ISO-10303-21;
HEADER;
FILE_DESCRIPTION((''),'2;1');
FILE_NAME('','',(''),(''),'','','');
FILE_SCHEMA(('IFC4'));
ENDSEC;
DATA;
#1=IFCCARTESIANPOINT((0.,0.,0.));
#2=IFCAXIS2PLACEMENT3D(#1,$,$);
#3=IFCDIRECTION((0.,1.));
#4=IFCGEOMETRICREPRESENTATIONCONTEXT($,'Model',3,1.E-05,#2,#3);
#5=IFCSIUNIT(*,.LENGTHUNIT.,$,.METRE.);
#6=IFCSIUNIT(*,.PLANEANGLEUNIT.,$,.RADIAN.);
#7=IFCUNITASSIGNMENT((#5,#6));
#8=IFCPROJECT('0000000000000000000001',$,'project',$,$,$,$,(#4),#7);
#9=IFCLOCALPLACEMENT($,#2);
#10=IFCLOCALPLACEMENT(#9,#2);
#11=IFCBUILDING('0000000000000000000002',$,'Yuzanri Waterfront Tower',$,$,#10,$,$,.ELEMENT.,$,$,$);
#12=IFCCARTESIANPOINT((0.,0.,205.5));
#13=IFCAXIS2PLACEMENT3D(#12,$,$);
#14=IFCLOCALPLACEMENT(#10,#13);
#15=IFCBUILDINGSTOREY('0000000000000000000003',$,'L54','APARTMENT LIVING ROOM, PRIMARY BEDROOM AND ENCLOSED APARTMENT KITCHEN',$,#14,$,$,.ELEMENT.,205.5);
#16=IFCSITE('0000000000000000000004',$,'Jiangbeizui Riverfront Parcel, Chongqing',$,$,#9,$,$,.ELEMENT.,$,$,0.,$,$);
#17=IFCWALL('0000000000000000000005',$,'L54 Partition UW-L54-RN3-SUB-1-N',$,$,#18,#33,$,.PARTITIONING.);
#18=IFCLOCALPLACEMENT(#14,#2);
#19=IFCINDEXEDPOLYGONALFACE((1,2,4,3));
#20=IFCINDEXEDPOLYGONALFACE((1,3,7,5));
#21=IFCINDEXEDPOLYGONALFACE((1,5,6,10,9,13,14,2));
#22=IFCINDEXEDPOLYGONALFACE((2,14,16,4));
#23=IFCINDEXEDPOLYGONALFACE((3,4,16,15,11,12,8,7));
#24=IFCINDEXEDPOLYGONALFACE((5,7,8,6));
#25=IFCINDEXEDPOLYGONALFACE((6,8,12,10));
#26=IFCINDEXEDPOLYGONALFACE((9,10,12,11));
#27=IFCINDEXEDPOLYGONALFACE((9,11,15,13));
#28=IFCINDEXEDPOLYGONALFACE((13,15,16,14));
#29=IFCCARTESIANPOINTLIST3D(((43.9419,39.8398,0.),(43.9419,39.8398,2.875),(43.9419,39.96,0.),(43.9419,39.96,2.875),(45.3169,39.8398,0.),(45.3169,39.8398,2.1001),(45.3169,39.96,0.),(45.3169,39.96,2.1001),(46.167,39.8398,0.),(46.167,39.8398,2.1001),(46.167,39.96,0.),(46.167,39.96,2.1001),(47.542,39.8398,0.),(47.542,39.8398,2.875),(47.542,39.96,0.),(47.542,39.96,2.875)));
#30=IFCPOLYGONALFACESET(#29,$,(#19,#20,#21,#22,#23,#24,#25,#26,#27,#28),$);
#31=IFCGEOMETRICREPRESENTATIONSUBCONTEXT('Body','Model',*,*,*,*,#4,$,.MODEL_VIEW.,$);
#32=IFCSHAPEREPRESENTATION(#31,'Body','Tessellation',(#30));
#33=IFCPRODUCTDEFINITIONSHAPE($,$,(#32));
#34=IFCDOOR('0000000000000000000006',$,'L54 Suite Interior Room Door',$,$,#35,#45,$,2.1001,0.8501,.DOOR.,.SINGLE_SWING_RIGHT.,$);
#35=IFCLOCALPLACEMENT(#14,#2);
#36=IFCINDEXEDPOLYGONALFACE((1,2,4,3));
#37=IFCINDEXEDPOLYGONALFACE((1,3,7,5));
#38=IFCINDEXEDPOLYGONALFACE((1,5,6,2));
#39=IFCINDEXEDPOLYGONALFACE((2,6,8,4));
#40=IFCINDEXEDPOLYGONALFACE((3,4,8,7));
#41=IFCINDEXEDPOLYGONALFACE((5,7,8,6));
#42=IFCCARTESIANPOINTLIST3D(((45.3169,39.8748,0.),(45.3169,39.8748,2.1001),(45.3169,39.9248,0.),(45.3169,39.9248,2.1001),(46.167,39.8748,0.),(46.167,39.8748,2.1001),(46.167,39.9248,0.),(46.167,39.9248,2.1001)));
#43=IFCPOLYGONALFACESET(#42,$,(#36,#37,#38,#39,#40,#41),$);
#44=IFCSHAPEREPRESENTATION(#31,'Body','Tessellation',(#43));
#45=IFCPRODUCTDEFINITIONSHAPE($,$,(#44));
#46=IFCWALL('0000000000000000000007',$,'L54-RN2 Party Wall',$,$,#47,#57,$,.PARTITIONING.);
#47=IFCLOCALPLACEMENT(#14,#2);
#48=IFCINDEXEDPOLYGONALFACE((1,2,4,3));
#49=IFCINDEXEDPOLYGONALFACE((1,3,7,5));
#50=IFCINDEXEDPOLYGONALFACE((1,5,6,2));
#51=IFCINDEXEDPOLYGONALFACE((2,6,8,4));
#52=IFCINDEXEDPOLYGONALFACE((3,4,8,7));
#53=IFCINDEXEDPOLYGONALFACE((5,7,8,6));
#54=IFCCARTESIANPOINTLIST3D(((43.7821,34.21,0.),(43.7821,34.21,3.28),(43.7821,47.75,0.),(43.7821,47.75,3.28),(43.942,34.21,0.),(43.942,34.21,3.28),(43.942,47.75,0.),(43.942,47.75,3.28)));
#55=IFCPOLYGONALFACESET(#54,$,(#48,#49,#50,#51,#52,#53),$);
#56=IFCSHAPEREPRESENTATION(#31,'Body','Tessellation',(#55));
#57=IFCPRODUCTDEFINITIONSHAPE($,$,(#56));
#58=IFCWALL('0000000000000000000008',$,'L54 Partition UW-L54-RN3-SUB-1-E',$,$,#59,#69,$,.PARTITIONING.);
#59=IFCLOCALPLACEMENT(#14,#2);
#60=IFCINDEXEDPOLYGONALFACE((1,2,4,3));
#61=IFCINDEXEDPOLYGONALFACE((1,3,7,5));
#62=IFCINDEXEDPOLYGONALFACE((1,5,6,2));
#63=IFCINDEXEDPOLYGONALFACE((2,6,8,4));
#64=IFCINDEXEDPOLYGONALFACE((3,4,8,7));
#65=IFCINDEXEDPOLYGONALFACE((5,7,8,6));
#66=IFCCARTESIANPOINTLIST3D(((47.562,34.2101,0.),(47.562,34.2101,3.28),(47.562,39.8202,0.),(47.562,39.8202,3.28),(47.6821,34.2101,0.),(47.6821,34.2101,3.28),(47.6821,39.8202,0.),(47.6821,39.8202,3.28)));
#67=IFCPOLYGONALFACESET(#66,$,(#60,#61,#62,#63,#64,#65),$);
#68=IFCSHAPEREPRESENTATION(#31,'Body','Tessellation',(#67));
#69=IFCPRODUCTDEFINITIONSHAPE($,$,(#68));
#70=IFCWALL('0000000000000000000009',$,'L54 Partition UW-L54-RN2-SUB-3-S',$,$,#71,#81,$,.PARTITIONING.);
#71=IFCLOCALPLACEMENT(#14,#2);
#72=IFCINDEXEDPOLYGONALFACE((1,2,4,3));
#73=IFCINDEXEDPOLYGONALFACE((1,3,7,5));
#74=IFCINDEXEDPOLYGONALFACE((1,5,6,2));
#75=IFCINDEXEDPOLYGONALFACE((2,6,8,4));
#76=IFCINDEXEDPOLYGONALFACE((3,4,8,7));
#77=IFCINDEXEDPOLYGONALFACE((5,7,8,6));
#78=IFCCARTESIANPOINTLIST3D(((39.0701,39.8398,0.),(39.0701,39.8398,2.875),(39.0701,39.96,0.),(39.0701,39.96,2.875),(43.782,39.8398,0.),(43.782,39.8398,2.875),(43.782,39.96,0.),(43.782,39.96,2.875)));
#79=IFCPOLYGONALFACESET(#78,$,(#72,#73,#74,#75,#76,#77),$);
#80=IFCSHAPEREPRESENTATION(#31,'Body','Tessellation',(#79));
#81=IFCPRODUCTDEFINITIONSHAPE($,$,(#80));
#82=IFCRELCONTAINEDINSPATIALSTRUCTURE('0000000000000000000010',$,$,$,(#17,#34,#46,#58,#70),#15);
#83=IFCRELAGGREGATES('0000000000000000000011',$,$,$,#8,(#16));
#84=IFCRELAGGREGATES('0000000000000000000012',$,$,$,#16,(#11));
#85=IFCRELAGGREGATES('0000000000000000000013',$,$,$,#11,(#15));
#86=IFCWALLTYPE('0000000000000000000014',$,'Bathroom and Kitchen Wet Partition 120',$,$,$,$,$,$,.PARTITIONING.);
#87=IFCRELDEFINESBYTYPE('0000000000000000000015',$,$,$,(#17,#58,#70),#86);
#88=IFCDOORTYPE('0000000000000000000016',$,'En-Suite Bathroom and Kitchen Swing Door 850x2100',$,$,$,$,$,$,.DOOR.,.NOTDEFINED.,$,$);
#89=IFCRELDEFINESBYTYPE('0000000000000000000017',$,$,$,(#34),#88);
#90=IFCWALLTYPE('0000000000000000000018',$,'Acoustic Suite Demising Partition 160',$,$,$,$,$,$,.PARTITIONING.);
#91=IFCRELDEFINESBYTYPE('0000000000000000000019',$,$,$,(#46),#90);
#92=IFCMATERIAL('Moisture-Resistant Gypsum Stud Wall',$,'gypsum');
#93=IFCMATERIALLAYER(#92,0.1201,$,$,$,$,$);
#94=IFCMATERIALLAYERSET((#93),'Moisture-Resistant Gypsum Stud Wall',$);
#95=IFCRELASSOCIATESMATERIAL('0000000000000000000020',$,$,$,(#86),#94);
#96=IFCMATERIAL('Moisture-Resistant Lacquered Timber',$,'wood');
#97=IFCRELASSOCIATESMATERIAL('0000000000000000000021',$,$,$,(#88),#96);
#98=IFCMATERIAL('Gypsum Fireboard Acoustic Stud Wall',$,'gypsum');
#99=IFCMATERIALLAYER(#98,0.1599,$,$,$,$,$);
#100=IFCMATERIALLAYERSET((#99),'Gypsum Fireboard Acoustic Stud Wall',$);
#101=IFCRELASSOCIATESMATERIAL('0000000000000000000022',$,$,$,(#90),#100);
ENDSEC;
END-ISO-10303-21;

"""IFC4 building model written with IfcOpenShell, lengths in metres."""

from ifc_helpers import new_model, si_unit, direction, frame, frame_2d, origin, place, context, subcontext, project, spatial, rectangle, extrude, source, transform, mapped, material, layer, layer_set, type_object, element, fill, save


model = new_model("IFC4")

# Units and contexts
model_context = context("Model", 3, precision=1e-05, world=origin(), true_north=direction((0.0, 1.0)))
body_context = subcontext(model_context, "Body", "Model", "MODEL_VIEW")
ifc_project = project(units=[si_unit("LENGTHUNIT", "METRE"), si_unit("PLANEANGLEUNIT", "RADIAN")], contexts=[model_context])

# Site, building, storey
site_placement = place(None, origin())
site = spatial("IfcSite", under=ifc_project, at=site_placement, Name="Jiangbeizui Riverfront Parcel, Chongqing", CompositionType="ELEMENT", RefElevation=0.0)
building_placement = place(site_placement, origin())
building = spatial("IfcBuilding", under=site, at=building_placement, Name="Yuzanri Waterfront Tower", CompositionType="ELEMENT")
storey_placement = place(building_placement, frame((0.0, 0.0, 205.5)))
storey = spatial("IfcBuildingStorey", under=building, at=storey_placement, Name="L54", Description="APARTMENT LIVING ROOM, PRIMARY BEDROOM AND ENCLOSED APARTMENT KITCHEN", CompositionType="ELEMENT", Elevation=205.5)

# Wall, opening, door
ifc_material_1 = material(Name="Moisture-Resistant Gypsum Stud Wall", Category="gypsum")
ifc_layer_1 = layer(ifc_material_1, 0.1201)
ifc_layer_set_1 = layer_set([ifc_layer_1], Name="Moisture-Resistant Gypsum Stud Wall")
wall_type_1 = type_object("IfcWallType", Name="Bathroom and Kitchen Wet Partition 120", PredefinedType="PARTITIONING", material=ifc_layer_set_1)
ifc_material_2 = material(Name="Moisture-Resistant Lacquered Timber", Category="wood")
door_type_1 = type_object("IfcDoorType", Name="En-Suite Bathroom and Kitchen Swing Door 850x2100", OperationType="NOTDEFINED", PredefinedType="DOOR", material=ifc_material_2)
shared_shape_1 = source(origin(), body_context, "Body", "SweptSolid", [
    extrude(rectangle(XDim=0.8501, YDim=2.1001, at=frame_2d((0.425, 1.05))), frame((0.0, 0.0249, 0.0), z_axis=(0.0, -1.0, 0.0), x_axis=(1.0, 0.0, 0.0)), (0.0, 0.0, 1.0), 0.05),
])
wall_1_placement = place(storey_placement, frame((43.9419, 39.8999, 0.0), z_axis=(0.0, 0.0, 1.0), x_axis=(1.0, 0.0, 0.0)))
wall_1 = element("IfcWall", 1, at=wall_1_placement, inside=storey, type_object=wall_type_1, Name="L54 Partition UW-L54-RN3-SUB-1-N", PredefinedType="PARTITIONING", context=body_context, shape_type="SweptSolid", body=[
    extrude(rectangle(XDim=3.6001, YDim=0.1201, at=frame_2d((1.8, 0.0))), origin(), (0.0, 0.0, 1.0), 2.875),
])
opening_1_placement = place(wall_1_placement, frame((1.375, 0.0, 0.0)))
opening_1 = element("IfcOpeningElement", 2, at=opening_1_placement, cuts=wall_1, PredefinedType="OPENING", context=body_context, shape_type="SweptSolid", body=[
    extrude(rectangle(XDim=0.8501, YDim=2.1001, at=frame_2d((0.425, 1.05))), frame((0.0, 0.075, 0.0), z_axis=(0.0, -1.0, 0.0), x_axis=(1.0, 0.0, 0.0)), (0.0, 0.0, 1.0), 0.1499),
])
door_1_placement = place(opening_1_placement, origin())
door_1 = element("IfcDoor", 3, at=door_1_placement, inside=storey, type_object=door_type_1, Name="L54 Suite Interior Room Door", OperationType="SINGLE_SWING_RIGHT", OverallHeight=2.1001, OverallWidth=0.8501, PredefinedType="DOOR", context=body_context, shape_type="MappedRepresentation", body=[
    mapped(shared_shape_1, transform((0.0, 0.0, 0.0), scale=1.0)),
])
fill(opening_1, door_1)

# Walls
ifc_material_3 = material(Name="Gypsum Fireboard Acoustic Stud Wall", Category="gypsum")
ifc_layer_2 = layer(ifc_material_3, 0.1599)
ifc_layer_set_2 = layer_set([ifc_layer_2], Name="Gypsum Fireboard Acoustic Stud Wall")
wall_type_2 = type_object("IfcWallType", Name="Acoustic Suite Demising Partition 160", PredefinedType="PARTITIONING", material=ifc_layer_set_2)
shared_shape_2 = source(origin(), body_context, "Body", "SweptSolid", [
    extrude(rectangle(XDim=13.54, YDim=0.1599, at=frame_2d((6.77, 0.0))), origin(), (0.0, 0.0, 1.0), 3.28),
])
wall_2_placement = place(storey_placement, frame((43.8621, 34.21, 0.0), z_axis=(0.0, 0.0, 1.0), x_axis=(0.0, 1.0, 0.0)))
element("IfcWall", 4, at=wall_2_placement, inside=storey, type_object=wall_type_2, Name="L54-RN2 Party Wall", PredefinedType="PARTITIONING", context=body_context, shape_type="MappedRepresentation", body=[
    mapped(shared_shape_2, transform((0.0, 0.0, 0.0), scale=1.0)),
])
shared_shape_3 = source(origin(), body_context, "Body", "SweptSolid", [
    extrude(rectangle(XDim=5.6101, YDim=0.1201, at=frame_2d((2.8052, 0.0))), origin(), (0.0, 0.0, 1.0), 3.28),
])
wall_3_placement = place(storey_placement, frame((47.6221, 34.21, 0.0), z_axis=(0.0, 0.0, 1.0), x_axis=(0.0, 1.0, 0.0)))
element("IfcWall", 5, at=wall_3_placement, inside=storey, type_object=wall_type_1, Name="L54 Partition UW-L54-RN3-SUB-1-E", PredefinedType="PARTITIONING", context=body_context, shape_type="MappedRepresentation", body=[
    mapped(shared_shape_3, transform((0.0, 0.0, 0.0), scale=1.0)),
])
shared_shape_4 = source(origin(), body_context, "Body", "SweptSolid", [
    extrude(rectangle(XDim=4.7119, YDim=0.1201, at=frame_2d((2.356, 0.0))), origin(), (0.0, 0.0, 1.0), 2.875),
])
wall_4_placement = place(storey_placement, frame((39.0701, 39.8999, 0.0), z_axis=(0.0, 0.0, 1.0), x_axis=(1.0, 0.0, 0.0)))
element("IfcWall", 6, at=wall_4_placement, inside=storey, type_object=wall_type_1, Name="L54 Partition UW-L54-RN2-SUB-3-S", PredefinedType="PARTITIONING", context=body_context, shape_type="MappedRepresentation", body=[
    mapped(shared_shape_4, transform((0.0, 0.0, 0.0), scale=1.0)),
])

save(model, "model.ifc")
